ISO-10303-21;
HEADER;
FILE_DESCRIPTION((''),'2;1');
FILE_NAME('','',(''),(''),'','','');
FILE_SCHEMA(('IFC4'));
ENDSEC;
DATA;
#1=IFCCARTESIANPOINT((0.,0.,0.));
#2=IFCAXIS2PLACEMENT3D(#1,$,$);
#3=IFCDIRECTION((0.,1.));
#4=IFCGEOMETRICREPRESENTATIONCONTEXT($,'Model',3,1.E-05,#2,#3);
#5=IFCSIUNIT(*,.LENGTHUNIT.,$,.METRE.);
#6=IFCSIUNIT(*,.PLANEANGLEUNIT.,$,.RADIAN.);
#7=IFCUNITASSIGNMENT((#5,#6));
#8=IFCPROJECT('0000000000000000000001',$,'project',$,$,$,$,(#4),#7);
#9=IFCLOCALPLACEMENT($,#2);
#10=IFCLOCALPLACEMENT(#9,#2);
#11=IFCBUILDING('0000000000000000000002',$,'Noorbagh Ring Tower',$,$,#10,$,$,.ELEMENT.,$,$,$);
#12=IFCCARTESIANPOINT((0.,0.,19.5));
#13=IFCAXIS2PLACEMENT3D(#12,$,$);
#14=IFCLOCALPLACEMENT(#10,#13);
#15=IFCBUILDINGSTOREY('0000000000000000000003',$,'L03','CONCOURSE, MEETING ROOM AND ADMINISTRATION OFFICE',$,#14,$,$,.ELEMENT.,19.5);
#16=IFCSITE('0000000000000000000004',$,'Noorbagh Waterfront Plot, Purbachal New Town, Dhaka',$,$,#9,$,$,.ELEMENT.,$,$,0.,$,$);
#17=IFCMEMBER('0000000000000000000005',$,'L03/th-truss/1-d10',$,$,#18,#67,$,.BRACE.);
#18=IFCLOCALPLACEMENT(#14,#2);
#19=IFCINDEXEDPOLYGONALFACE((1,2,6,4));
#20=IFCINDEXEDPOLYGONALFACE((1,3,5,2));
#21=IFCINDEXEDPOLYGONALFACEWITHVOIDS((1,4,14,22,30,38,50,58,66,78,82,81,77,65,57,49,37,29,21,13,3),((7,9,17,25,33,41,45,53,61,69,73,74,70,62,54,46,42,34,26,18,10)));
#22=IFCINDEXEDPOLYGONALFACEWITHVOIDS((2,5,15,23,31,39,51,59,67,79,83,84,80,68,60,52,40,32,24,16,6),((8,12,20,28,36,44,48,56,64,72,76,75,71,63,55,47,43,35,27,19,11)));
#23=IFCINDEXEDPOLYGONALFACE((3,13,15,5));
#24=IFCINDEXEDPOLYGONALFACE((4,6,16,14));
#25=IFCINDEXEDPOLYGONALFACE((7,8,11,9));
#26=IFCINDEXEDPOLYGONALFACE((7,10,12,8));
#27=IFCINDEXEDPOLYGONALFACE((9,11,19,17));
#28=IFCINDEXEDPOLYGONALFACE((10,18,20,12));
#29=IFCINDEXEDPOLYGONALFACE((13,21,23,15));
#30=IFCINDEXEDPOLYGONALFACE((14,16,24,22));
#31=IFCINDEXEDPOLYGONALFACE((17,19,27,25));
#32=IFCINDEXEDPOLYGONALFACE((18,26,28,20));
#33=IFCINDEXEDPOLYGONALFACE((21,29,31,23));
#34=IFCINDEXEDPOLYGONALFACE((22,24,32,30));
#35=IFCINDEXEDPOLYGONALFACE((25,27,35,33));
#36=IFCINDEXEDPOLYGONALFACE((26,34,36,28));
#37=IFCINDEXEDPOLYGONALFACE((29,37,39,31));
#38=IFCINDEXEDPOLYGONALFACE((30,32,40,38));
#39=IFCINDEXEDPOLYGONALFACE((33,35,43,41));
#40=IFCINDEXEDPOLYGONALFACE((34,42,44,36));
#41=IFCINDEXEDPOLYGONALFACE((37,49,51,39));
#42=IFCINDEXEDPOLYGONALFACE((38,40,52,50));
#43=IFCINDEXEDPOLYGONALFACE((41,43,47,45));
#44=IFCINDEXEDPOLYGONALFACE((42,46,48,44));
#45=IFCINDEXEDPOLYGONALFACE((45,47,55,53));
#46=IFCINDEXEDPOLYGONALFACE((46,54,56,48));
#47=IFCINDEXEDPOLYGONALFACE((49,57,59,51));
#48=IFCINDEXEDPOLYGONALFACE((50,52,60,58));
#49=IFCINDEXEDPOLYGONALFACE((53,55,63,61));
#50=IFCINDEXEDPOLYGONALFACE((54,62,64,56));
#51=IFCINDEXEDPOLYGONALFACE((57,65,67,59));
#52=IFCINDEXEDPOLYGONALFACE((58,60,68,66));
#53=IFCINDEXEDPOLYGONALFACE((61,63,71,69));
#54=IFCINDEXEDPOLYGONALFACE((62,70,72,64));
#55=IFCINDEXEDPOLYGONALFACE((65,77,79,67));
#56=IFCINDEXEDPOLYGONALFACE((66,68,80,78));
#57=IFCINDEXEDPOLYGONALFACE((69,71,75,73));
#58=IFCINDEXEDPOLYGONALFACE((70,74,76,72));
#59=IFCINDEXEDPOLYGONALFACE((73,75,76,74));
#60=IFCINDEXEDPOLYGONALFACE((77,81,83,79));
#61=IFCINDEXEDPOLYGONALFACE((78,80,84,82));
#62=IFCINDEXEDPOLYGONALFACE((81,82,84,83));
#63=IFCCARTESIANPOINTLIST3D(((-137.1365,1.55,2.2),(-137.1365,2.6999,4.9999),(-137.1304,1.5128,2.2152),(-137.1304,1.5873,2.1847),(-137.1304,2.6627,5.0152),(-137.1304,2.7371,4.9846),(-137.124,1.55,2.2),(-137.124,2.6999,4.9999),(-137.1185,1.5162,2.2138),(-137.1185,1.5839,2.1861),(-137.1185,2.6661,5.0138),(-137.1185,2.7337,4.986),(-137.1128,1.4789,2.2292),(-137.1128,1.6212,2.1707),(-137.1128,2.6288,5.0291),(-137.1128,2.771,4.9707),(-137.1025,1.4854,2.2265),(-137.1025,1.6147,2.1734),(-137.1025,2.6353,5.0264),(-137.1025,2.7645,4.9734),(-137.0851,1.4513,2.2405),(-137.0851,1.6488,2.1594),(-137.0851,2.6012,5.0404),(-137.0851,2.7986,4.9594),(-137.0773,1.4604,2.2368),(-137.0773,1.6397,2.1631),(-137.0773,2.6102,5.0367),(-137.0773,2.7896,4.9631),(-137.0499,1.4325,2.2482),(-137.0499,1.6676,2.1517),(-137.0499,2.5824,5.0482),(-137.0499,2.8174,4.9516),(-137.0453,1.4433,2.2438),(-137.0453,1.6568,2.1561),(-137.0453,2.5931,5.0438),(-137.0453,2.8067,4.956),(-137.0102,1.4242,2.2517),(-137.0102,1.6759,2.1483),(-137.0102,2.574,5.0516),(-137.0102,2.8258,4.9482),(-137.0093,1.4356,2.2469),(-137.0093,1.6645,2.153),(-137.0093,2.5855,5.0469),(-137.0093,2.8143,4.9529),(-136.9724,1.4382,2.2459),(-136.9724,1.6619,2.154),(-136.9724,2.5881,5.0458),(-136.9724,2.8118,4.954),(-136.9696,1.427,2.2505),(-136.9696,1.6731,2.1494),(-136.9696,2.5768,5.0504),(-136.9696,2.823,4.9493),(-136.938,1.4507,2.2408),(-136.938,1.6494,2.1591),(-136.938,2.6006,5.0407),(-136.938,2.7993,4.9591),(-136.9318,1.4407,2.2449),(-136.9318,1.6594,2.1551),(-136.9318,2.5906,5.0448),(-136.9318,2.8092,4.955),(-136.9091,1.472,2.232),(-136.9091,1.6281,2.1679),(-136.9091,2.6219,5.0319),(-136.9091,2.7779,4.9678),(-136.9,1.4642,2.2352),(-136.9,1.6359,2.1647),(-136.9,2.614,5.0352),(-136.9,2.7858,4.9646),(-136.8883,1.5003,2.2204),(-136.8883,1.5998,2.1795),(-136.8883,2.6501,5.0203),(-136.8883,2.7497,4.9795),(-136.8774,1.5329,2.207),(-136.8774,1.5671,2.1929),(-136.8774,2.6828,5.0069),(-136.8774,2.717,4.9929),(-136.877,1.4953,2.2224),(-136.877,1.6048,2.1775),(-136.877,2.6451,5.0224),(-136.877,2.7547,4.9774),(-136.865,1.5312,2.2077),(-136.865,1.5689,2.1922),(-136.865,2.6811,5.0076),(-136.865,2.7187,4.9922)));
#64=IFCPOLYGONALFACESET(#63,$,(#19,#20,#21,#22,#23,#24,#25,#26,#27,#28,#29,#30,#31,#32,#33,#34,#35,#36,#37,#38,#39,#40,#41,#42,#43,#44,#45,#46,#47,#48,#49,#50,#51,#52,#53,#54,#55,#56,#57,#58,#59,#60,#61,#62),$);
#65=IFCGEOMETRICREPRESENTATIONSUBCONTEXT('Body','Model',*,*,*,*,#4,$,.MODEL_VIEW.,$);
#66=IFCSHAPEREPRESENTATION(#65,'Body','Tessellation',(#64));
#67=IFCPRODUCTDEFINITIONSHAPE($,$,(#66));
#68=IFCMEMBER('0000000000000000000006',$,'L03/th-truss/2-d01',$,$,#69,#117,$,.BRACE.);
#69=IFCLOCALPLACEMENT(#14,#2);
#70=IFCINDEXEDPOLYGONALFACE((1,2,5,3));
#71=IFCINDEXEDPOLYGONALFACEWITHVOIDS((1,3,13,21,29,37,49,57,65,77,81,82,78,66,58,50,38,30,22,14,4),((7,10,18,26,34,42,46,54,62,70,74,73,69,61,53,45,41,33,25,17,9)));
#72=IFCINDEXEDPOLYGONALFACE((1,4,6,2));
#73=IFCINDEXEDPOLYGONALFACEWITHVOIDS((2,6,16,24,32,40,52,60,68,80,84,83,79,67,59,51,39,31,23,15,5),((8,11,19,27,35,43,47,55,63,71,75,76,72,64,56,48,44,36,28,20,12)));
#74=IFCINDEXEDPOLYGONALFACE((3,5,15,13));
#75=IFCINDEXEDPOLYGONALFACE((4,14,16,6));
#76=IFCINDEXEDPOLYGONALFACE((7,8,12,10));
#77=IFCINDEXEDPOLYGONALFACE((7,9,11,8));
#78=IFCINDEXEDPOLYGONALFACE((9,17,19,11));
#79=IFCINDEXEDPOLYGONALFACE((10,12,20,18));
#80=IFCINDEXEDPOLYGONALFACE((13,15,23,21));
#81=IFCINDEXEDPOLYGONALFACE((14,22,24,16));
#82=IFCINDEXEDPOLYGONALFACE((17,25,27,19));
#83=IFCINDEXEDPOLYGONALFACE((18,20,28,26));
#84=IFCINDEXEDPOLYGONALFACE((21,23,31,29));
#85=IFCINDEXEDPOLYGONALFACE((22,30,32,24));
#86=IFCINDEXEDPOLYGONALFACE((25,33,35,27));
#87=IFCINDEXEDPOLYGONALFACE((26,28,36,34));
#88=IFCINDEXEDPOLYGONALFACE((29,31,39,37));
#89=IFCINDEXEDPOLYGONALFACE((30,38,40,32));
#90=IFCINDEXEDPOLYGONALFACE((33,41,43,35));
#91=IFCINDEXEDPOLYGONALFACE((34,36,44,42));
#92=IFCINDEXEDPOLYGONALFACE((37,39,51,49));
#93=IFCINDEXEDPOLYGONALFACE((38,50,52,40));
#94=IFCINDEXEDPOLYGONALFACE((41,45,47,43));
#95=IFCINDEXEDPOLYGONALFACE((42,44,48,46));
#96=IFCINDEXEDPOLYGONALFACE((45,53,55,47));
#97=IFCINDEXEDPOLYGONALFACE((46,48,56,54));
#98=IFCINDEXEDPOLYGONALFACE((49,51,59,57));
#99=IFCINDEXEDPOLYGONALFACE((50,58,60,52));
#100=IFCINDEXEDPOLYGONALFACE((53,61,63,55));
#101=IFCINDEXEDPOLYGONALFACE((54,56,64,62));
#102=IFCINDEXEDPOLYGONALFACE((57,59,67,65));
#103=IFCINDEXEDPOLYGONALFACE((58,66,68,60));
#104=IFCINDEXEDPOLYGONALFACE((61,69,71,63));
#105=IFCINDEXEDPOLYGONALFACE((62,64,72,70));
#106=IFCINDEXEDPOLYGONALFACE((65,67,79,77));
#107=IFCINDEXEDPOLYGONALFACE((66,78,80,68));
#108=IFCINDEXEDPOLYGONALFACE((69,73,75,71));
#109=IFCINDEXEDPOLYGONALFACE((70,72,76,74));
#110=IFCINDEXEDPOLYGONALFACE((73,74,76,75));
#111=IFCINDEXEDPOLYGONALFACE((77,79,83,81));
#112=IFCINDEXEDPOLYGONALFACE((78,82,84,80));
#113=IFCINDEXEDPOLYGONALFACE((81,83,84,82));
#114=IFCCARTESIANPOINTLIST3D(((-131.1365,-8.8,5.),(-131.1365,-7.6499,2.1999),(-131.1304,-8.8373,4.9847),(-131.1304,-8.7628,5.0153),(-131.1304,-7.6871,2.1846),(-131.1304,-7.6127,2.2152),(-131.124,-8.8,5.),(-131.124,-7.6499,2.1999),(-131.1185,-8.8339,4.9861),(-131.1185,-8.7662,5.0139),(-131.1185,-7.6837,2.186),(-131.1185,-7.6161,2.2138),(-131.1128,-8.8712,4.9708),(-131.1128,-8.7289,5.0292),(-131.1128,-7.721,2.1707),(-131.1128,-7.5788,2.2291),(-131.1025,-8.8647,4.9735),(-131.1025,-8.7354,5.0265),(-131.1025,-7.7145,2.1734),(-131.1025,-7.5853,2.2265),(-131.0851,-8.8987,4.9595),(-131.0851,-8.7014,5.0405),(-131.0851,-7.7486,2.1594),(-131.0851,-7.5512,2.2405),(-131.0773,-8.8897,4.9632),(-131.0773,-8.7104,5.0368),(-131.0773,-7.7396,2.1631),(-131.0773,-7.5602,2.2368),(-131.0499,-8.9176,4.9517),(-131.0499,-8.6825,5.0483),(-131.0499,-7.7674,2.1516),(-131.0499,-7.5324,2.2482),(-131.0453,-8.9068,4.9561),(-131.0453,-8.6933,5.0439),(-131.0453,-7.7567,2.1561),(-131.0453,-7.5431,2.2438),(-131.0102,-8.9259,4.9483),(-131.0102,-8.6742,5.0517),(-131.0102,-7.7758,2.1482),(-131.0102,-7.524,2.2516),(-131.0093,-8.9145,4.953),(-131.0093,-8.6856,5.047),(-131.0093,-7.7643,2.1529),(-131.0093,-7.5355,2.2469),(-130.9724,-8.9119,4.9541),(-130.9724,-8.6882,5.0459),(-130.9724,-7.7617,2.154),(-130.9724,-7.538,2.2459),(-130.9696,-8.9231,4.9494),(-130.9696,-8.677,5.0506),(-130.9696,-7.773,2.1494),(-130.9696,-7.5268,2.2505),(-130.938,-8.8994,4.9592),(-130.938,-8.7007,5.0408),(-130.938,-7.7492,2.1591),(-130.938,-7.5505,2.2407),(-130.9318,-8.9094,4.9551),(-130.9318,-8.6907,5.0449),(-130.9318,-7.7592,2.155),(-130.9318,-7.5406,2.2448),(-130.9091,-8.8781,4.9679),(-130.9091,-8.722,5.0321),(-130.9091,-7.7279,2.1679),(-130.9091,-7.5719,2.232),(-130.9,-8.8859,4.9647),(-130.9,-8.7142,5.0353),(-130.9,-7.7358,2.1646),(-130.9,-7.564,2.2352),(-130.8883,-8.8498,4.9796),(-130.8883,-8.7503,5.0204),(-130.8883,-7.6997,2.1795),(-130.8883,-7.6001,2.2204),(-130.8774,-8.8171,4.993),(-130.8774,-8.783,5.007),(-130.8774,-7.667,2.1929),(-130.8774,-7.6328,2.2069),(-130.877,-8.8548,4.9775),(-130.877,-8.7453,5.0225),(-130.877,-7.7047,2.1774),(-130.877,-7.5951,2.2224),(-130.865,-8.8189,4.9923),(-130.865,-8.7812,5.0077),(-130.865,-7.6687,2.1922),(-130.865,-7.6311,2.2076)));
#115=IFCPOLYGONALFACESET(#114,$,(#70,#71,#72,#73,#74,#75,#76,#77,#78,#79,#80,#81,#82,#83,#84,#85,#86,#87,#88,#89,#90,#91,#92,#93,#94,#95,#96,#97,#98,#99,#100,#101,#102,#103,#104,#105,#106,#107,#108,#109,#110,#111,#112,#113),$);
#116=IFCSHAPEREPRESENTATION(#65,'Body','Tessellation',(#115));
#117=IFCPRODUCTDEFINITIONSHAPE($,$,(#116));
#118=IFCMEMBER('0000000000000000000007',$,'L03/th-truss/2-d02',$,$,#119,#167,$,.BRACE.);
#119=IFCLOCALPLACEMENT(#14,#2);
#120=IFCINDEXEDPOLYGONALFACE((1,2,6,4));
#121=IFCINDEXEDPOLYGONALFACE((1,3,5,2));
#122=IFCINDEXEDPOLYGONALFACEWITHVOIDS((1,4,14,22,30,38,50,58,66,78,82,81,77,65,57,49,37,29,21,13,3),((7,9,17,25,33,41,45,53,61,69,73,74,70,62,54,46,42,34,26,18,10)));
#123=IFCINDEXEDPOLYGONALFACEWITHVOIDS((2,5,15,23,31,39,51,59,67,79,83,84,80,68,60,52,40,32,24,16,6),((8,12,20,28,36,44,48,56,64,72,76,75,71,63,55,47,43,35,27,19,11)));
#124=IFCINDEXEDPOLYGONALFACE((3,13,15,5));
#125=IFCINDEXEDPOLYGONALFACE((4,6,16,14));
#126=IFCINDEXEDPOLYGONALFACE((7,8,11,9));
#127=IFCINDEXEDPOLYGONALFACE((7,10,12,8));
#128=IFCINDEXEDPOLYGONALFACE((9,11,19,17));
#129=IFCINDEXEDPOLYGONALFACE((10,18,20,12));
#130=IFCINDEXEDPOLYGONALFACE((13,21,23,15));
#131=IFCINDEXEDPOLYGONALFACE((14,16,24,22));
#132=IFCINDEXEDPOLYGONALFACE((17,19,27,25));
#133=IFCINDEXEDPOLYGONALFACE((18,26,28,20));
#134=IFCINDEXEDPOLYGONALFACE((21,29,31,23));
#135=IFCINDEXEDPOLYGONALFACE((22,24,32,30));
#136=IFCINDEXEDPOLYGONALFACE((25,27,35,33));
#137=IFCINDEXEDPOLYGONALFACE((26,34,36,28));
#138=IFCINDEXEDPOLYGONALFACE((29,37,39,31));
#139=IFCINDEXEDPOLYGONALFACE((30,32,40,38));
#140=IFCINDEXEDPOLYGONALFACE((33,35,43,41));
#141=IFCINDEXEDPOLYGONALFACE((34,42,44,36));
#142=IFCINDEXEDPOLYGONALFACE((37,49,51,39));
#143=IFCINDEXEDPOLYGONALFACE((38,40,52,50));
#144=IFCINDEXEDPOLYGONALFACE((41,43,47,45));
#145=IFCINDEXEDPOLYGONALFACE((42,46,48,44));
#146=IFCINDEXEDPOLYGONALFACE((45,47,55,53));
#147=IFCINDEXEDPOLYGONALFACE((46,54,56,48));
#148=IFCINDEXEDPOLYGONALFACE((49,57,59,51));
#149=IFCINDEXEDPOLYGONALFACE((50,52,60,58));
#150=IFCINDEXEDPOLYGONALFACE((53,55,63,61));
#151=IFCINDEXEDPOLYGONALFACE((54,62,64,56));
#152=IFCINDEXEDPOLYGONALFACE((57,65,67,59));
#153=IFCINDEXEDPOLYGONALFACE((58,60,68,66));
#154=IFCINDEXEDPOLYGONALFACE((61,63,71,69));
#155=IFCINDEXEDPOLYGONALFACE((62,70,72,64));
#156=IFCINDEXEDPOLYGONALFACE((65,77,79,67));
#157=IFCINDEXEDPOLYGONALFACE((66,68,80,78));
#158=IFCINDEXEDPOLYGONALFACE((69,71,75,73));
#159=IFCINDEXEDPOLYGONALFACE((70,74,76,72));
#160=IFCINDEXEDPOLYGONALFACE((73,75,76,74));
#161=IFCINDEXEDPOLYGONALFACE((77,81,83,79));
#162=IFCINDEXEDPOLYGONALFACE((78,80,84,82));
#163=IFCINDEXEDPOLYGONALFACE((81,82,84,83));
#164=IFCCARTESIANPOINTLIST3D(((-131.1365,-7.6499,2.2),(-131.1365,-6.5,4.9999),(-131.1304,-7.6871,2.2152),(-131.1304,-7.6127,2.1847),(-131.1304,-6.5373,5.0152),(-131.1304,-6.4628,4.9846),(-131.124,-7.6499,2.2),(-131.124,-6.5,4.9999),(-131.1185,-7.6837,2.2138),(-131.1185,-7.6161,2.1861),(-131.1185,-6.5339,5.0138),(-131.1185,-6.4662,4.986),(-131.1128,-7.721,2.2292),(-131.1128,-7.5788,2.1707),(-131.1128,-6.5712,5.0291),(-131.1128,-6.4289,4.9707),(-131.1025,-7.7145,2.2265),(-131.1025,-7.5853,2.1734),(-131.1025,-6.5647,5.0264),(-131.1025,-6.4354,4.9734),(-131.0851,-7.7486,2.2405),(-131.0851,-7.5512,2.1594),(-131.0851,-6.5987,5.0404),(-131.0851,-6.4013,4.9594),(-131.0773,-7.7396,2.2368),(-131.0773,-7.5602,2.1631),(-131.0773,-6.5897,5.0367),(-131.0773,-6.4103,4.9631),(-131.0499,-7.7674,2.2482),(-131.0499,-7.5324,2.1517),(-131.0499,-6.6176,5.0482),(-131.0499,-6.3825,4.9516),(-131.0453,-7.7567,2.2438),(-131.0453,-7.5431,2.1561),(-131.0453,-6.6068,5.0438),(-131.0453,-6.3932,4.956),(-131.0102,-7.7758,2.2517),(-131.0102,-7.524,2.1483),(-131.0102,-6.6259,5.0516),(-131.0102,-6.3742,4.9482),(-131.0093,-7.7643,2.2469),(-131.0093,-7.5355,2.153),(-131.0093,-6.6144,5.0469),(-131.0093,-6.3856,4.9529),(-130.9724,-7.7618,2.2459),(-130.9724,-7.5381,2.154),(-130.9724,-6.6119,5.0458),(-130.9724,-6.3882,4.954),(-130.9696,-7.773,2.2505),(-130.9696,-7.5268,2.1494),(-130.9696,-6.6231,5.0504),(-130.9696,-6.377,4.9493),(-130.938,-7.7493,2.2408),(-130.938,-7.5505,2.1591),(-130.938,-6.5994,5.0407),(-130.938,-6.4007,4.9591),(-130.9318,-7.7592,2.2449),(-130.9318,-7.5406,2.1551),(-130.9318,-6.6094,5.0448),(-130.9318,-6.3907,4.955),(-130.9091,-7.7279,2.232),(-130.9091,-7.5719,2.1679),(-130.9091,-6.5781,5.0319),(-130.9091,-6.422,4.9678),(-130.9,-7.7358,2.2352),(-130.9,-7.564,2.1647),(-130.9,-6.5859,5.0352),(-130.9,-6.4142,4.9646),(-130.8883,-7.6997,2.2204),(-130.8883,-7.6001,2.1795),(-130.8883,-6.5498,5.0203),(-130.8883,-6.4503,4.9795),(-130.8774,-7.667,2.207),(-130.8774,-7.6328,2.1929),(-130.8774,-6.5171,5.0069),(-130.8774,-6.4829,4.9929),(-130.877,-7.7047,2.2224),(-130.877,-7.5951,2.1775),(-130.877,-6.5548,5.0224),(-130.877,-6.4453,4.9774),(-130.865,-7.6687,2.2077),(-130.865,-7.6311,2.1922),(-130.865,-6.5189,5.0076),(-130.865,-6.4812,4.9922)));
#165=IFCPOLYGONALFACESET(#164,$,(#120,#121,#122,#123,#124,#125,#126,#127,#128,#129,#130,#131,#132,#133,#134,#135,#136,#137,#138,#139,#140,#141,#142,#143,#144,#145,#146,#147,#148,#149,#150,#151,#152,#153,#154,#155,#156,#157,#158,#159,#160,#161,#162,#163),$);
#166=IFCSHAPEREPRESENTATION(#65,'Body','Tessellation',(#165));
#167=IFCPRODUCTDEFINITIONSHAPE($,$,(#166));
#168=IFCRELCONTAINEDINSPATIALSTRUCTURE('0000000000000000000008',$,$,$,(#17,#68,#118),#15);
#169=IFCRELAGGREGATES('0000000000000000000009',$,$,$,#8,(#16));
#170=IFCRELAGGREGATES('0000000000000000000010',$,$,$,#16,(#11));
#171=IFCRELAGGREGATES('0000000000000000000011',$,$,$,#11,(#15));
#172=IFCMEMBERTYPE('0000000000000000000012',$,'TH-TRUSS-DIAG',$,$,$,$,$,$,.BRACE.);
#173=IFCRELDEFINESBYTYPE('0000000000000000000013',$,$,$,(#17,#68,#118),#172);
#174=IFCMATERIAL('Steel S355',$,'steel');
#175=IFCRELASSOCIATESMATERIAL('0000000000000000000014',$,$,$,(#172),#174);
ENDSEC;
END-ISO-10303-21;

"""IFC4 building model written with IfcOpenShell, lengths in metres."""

from ifc_helpers import new_model, si_unit, direction, frame, origin, origin_2d, place, context, subcontext, project, spatial, hollow_circle, extrude, material, material_profile, profile_set, type_object, element, save


model = new_model("IFC4")

# Units and contexts
model_context = context("Model", 3, precision=1e-05, world=origin(), true_north=direction((0.0, 1.0)))
body_context = subcontext(model_context, "Body", "Model", "MODEL_VIEW")
ifc_project = project(units=[si_unit("LENGTHUNIT", "METRE"), si_unit("PLANEANGLEUNIT", "RADIAN")], contexts=[model_context])

# Site, building, storey
site_placement = place(None, origin())
site = spatial("IfcSite", under=ifc_project, at=site_placement, Name="Noorbagh Waterfront Plot, Purbachal New Town, Dhaka", CompositionType="ELEMENT", RefElevation=0.0)
building_placement = place(site_placement, origin())
building = spatial("IfcBuilding", under=site, at=building_placement, Name="Noorbagh Ring Tower", CompositionType="ELEMENT")
storey_placement = place(building_placement, frame((0.0, 0.0, 19.5)))
storey = spatial("IfcBuildingStorey", under=building, at=storey_placement, Name="L03", Description="CONCOURSE, MEETING ROOM AND ADMINISTRATION OFFICE", CompositionType="ELEMENT", Elevation=19.5)

# Members
ifc_material_1 = material(Name="Steel S355", Category="steel")
ifc_material_profile_1 = material_profile(ifc_material_1, hollow_circle(Radius=0.1365, WallThickness=0.0125, at=origin_2d()), Name="CHS273x12.5")
ifc_profile_set_1 = profile_set([ifc_material_profile_1], Name="Steel S355")
member_type = type_object("IfcMemberType", Name="TH-TRUSS-DIAG", PredefinedType="BRACE", material=ifc_profile_set_1)
member_1_placement = place(storey_placement, frame((-137.0, 1.55, 2.2), z_axis=(0.0, 0.379886, 0.925033), x_axis=(-1.0, 0.0, 0.0)))
element("IfcMember", 1, at=member_1_placement, inside=storey, type_object=member_type, Name="L03/th-truss/1-d10", PredefinedType="BRACE", context=body_context, shape_type="SweptSolid", body=[
    extrude(hollow_circle(Radius=0.1365, WallThickness=0.0125, at=origin_2d()), origin(), (0.0, 0.0, 1.0), 3.0269),
])
member_2_placement = place(storey_placement, frame((-131.0, -8.8, 5.0), z_axis=(0.0, 0.379955, -0.925005), x_axis=(-1.0, 0.0, 0.0)))
element("IfcMember", 2, at=member_2_placement, inside=storey, type_object=member_type, Name="L03/th-truss/2-d01", PredefinedType="BRACE", context=body_context, shape_type="SweptSolid", body=[
    extrude(hollow_circle(Radius=0.1365, WallThickness=0.0125, at=origin_2d()), origin(), (0.0, 0.0, 1.0), 3.0271),
])
for number, where, z_axis, x_axis, name in (
    (3, (-131.0, -7.6499, 2.2), (0.0, 0.379886, 0.925033), (-1.0, 0.0, 0.0), "L03/th-truss/2-d02"),
):
    element("IfcMember", number, at=place(storey_placement, frame(where, z_axis=z_axis, x_axis=x_axis)), inside=storey, type_object=member_type, Name=name, PredefinedType="BRACE", context=body_context, shape_type="SweptSolid", body=[
        extrude(hollow_circle(Radius=0.1365, WallThickness=0.0125, at=origin_2d()), origin(), (0.0, 0.0, 1.0), 3.0269),
    ])

save(model, "model.ifc")
